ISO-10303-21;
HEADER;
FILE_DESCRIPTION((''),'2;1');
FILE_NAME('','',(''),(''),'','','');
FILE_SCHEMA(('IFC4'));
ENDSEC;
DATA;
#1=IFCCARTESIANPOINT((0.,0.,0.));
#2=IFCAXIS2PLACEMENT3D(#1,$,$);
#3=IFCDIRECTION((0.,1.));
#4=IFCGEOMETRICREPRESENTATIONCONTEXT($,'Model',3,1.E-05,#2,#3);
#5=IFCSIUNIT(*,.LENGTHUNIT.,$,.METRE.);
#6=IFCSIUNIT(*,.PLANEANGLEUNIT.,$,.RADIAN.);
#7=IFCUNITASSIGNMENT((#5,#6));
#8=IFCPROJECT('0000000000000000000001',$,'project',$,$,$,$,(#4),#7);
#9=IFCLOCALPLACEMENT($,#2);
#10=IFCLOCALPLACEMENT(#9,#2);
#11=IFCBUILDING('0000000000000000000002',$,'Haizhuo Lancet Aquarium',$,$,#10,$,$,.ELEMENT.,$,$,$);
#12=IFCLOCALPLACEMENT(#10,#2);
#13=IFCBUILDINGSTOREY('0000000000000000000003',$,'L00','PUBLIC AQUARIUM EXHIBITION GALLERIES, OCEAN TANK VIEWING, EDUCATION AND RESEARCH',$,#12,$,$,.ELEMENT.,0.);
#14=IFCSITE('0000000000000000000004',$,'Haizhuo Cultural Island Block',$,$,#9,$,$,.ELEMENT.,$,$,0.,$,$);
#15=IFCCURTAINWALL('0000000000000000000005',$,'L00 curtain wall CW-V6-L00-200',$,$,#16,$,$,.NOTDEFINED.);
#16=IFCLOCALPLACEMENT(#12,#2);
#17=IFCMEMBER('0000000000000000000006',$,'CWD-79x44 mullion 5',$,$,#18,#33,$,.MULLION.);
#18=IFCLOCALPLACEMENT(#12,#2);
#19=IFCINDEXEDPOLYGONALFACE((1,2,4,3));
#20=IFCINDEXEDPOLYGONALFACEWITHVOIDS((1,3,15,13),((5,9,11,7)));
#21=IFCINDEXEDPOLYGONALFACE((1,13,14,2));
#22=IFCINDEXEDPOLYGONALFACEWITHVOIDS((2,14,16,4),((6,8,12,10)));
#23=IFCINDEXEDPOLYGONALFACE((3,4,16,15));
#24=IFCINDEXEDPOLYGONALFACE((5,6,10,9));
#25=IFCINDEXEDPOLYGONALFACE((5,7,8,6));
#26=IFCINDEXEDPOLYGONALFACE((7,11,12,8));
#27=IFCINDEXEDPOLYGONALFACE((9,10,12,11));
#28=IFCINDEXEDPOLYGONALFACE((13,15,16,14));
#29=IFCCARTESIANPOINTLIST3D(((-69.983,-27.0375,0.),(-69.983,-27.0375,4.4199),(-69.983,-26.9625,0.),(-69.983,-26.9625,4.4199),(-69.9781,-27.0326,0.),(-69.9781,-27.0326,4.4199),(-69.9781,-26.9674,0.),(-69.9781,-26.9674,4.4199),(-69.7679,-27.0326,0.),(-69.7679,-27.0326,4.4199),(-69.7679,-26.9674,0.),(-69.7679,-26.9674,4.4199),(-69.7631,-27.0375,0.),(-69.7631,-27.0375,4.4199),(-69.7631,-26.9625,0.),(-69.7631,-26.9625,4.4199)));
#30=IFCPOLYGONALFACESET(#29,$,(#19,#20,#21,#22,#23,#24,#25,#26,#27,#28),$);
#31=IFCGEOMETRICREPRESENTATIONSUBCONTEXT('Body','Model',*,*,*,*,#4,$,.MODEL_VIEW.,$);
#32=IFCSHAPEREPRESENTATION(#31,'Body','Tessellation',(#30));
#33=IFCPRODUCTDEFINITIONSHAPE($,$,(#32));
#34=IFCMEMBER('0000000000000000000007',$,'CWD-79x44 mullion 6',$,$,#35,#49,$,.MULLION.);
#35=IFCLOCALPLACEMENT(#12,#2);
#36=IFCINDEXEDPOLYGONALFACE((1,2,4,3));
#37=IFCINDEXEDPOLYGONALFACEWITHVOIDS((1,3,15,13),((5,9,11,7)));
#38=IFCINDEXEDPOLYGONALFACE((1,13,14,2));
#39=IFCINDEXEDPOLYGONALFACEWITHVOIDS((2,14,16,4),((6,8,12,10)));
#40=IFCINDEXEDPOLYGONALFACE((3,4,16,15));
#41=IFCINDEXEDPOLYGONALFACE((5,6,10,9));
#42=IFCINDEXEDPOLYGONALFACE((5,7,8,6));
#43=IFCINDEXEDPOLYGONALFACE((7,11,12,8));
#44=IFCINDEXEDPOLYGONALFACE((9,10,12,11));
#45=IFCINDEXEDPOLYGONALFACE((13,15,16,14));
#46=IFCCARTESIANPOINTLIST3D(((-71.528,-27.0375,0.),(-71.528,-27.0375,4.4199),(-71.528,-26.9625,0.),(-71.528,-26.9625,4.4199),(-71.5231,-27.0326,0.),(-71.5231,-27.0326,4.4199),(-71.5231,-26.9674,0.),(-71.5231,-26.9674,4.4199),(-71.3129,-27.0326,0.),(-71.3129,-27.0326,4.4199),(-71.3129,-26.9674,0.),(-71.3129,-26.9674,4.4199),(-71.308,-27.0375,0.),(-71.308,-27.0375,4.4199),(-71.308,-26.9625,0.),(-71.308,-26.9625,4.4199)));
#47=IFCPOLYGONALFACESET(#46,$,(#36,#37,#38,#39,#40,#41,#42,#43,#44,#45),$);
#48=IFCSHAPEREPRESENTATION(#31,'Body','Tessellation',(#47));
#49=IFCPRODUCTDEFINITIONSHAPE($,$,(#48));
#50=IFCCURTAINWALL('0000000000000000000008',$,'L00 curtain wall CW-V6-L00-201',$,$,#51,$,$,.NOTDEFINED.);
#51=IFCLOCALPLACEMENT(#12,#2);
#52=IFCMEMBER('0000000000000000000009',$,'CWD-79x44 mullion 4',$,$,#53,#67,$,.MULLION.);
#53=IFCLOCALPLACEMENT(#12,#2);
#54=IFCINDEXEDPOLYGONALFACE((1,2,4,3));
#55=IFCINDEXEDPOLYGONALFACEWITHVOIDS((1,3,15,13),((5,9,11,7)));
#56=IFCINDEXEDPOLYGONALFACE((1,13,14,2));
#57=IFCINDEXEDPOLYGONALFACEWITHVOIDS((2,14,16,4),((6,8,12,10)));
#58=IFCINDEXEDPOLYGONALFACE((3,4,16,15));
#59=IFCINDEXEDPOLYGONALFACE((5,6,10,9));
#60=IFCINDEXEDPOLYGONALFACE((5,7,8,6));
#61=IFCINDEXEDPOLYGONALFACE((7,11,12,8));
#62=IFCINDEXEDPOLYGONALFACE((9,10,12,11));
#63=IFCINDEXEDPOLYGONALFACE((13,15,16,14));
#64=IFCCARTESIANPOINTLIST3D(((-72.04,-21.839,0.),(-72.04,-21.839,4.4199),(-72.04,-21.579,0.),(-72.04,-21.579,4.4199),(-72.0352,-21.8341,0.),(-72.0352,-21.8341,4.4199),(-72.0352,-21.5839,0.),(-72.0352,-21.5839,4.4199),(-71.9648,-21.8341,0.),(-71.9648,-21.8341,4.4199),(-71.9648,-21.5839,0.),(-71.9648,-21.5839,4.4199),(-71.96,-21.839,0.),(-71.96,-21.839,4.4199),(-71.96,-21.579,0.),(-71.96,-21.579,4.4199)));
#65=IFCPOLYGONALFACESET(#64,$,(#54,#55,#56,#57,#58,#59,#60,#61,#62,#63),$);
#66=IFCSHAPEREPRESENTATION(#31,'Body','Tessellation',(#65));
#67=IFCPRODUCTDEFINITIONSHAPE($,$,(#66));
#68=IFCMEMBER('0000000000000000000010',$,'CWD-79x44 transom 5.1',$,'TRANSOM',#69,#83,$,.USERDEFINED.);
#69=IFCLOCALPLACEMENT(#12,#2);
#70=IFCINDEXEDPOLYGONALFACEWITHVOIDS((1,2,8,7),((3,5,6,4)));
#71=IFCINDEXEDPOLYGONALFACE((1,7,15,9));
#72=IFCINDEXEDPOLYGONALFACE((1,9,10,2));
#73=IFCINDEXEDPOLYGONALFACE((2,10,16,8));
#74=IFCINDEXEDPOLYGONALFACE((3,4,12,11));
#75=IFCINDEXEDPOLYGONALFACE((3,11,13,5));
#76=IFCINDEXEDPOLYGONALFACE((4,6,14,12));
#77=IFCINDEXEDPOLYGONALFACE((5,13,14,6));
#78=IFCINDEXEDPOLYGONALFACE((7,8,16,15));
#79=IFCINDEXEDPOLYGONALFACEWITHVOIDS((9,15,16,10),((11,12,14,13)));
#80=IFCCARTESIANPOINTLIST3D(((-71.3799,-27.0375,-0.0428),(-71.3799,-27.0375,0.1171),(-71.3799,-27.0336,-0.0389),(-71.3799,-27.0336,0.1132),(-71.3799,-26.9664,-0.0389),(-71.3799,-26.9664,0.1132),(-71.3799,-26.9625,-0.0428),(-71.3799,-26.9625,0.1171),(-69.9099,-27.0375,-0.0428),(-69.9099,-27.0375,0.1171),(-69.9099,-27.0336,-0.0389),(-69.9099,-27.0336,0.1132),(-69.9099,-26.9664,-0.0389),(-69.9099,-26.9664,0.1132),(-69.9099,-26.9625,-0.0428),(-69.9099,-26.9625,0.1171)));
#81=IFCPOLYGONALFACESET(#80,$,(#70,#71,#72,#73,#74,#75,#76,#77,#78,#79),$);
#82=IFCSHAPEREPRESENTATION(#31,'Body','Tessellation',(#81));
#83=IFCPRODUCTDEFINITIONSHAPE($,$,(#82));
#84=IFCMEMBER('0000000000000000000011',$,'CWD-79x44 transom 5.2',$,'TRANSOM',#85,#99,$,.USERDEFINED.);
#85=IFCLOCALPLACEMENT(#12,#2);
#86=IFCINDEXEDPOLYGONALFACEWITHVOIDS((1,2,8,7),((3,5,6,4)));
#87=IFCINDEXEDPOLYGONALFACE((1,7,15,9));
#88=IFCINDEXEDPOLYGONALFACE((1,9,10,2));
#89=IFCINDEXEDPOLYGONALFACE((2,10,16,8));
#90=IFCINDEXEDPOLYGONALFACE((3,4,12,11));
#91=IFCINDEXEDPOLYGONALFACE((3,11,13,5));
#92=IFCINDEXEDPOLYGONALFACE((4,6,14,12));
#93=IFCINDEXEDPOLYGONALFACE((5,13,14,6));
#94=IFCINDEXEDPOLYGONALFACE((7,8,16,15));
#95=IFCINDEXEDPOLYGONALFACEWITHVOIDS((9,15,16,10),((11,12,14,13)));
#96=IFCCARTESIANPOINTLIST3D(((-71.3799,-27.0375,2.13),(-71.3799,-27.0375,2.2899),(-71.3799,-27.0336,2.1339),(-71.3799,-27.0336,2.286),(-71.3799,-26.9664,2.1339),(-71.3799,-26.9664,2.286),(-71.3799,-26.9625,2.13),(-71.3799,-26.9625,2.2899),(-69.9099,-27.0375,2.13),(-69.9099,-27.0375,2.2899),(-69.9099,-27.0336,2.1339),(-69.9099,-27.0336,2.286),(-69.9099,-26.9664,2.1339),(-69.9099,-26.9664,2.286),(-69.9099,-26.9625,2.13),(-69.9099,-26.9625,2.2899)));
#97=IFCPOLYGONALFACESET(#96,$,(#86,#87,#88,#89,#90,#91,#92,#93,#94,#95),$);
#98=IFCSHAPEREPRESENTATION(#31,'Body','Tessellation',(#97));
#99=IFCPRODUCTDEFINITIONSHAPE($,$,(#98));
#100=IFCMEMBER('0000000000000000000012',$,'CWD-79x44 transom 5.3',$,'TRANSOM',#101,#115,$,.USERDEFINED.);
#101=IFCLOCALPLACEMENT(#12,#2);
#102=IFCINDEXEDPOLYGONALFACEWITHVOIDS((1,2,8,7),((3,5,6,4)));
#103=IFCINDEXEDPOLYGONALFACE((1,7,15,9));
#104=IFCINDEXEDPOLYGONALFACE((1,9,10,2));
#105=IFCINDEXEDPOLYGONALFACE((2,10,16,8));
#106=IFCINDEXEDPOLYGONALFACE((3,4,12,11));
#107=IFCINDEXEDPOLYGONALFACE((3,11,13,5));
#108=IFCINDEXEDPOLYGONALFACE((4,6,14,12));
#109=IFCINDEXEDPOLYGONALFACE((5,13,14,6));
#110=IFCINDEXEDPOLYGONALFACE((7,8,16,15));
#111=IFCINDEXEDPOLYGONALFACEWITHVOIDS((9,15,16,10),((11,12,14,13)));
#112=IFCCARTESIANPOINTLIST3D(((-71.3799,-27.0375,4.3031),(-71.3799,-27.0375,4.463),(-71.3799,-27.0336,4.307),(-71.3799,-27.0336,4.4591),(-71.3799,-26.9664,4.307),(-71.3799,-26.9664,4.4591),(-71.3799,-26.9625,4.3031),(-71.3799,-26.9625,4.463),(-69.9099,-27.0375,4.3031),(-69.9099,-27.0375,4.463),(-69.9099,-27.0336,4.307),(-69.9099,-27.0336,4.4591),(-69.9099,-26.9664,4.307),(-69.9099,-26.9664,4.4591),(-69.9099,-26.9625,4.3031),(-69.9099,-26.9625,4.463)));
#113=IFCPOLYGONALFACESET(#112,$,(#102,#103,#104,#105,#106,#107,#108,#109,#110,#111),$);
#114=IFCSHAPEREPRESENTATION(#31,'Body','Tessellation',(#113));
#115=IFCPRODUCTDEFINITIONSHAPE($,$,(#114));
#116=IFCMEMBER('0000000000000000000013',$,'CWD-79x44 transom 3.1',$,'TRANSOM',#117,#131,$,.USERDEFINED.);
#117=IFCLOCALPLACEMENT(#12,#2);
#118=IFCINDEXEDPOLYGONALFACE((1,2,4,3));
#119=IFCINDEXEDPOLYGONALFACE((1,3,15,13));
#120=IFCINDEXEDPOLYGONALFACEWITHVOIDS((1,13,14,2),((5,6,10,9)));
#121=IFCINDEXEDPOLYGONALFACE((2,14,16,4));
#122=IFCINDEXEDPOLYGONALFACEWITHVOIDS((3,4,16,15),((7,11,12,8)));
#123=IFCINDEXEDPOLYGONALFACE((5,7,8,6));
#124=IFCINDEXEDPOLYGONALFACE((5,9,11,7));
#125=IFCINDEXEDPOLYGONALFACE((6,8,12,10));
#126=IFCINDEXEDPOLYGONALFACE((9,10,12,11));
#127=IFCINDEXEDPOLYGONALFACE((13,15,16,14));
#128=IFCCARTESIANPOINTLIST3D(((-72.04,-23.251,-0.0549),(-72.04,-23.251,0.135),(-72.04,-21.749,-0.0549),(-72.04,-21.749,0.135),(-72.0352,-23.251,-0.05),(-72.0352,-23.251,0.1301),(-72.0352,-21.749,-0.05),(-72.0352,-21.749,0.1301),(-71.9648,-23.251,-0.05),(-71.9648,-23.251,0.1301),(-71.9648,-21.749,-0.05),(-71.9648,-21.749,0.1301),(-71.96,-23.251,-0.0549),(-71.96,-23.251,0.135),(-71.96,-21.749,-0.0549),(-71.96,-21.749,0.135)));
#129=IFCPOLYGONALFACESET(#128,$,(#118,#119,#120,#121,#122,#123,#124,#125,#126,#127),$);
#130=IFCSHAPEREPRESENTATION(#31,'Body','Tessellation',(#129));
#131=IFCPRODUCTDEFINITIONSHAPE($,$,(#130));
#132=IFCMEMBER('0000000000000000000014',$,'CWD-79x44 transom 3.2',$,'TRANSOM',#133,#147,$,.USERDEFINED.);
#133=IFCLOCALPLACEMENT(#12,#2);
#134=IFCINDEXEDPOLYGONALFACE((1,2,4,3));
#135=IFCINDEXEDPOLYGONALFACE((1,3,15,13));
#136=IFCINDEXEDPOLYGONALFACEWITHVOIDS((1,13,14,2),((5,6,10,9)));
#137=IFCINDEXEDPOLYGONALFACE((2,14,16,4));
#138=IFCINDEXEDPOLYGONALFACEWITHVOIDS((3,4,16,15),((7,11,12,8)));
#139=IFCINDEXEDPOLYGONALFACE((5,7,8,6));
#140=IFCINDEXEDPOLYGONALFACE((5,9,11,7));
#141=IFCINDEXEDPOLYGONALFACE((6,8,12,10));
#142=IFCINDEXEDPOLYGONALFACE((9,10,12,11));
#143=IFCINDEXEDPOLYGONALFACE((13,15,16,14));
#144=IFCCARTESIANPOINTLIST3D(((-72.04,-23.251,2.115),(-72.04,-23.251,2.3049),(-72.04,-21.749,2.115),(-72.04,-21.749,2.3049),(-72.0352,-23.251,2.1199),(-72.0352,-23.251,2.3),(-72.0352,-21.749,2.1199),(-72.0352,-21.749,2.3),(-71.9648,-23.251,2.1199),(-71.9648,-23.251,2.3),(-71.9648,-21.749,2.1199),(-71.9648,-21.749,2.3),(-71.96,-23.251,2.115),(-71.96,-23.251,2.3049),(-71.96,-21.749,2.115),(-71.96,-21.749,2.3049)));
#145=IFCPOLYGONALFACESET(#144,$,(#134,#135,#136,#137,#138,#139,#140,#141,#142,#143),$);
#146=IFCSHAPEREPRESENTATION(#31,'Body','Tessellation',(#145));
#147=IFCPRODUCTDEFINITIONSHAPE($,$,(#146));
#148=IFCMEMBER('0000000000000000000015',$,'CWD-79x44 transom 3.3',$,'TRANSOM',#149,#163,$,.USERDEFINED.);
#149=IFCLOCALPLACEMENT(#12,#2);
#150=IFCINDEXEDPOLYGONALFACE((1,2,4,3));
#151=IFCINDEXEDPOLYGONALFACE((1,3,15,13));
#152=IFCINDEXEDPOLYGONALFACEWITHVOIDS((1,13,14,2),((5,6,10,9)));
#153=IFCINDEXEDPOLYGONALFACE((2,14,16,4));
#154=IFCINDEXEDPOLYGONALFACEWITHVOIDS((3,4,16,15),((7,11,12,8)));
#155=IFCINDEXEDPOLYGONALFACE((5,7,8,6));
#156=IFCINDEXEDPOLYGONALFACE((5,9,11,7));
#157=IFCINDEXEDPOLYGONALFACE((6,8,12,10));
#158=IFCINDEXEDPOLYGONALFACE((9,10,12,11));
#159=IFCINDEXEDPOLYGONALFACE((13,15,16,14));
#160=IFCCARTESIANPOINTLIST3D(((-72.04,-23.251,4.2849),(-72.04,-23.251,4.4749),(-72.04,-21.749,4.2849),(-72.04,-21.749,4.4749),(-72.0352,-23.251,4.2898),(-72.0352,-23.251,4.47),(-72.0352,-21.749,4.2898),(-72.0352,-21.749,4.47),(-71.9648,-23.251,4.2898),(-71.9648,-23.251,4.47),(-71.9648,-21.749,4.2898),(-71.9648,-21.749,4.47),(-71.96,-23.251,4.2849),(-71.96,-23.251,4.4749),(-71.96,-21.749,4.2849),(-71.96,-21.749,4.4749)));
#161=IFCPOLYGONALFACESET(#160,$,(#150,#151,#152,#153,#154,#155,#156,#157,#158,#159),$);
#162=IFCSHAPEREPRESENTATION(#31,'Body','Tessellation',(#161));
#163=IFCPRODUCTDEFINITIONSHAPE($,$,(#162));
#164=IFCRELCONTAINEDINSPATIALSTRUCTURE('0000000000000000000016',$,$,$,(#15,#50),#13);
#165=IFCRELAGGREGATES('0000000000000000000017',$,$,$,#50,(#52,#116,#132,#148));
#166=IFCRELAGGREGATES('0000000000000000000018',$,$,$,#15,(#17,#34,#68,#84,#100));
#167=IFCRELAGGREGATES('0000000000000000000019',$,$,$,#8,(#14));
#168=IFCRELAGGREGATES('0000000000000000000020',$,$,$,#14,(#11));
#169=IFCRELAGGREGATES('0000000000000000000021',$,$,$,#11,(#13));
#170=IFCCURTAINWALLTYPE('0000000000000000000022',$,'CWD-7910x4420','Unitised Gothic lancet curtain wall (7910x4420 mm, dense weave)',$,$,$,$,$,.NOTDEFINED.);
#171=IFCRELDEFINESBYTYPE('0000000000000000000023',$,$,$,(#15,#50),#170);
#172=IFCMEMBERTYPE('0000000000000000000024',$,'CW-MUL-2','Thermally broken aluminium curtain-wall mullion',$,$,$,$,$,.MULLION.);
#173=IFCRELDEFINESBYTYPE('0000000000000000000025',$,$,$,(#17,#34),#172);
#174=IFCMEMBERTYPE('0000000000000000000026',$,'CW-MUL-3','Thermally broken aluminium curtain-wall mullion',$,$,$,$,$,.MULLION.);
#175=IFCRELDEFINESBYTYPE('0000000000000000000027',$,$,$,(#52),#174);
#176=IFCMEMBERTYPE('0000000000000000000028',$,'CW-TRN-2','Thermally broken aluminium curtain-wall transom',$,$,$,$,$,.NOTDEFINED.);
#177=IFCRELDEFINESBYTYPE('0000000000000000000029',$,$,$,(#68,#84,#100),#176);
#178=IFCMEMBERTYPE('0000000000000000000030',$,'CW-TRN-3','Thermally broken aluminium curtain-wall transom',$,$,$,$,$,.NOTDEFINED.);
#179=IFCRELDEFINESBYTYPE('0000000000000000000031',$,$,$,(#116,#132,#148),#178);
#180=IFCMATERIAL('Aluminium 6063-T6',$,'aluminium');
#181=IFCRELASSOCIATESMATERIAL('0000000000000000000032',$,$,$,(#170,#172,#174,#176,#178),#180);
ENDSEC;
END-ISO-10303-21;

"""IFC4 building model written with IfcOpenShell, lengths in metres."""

from ifc_helpers import new_model, si_unit, direction, frame, origin, origin_2d, place, context, subcontext, project, spatial, hollow_rectangle, extrude, material, material_profile, profile_set, type_object, element, aggregate, save


model = new_model("IFC4")

# Units and contexts
model_context = context("Model", 3, precision=1e-05, world=origin(), true_north=direction((0.0, 1.0)))
body_context = subcontext(model_context, "Body", "Model", "MODEL_VIEW")
ifc_project = project(units=[si_unit("LENGTHUNIT", "METRE"), si_unit("PLANEANGLEUNIT", "RADIAN")], contexts=[model_context])

# Site, building, storey
site_placement = place(None, origin())
site = spatial("IfcSite", under=ifc_project, at=site_placement, Name="Haizhuo Cultural Island Block", CompositionType="ELEMENT", RefElevation=0.0)
building_placement = place(site_placement, origin())
building = spatial("IfcBuilding", under=site, at=building_placement, Name="Haizhuo Lancet Aquarium", CompositionType="ELEMENT")
storey_placement = place(building_placement, origin())
storey = spatial("IfcBuildingStorey", under=building, at=storey_placement, Name="L00", Description="PUBLIC AQUARIUM EXHIBITION GALLERIES, OCEAN TANK VIEWING, EDUCATION AND RESEARCH", CompositionType="ELEMENT", Elevation=0.0)

# Curtain wall, members
ifc_material_1 = material(Name="Aluminium 6063-T6", Category="aluminium")
curtain_wall_type = type_object("IfcCurtainWallType", Name="CWD-7910x4420", Description="Unitised Gothic lancet curtain wall (7910x4420 mm, dense weave)", PredefinedType="NOTDEFINED", material=ifc_material_1)
curtain_wall_1_placement = place(storey_placement, origin())
curtain_wall_1 = element("IfcCurtainWall", 1, at=curtain_wall_1_placement, inside=storey, type_object=curtain_wall_type, Name="L00 curtain wall CW-V6-L00-200", PredefinedType="NOTDEFINED")
ifc_material_profile_1 = material_profile(ifc_material_1, hollow_rectangle(XDim=0.075, YDim=0.22, WallThickness=0.0049, at=origin_2d()), Name="ALU-M 75x220x5")
ifc_profile_set_1 = profile_set([ifc_material_profile_1], Name="Aluminium 6063-T6")
member_type_1 = type_object("IfcMemberType", Name="CW-MUL-2", Description="Thermally broken aluminium curtain-wall mullion", PredefinedType="MULLION", material=ifc_profile_set_1)
member_1_placement = place(storey_placement, frame((-69.873, -27.0, 0.0), z_axis=(0.0, 0.0, 1.0), x_axis=(0.0, -1.0, 0.0)))
member_1 = element("IfcMember", 2, at=member_1_placement, type_object=member_type_1, Name="CWD-79x44 mullion 5", PredefinedType="MULLION", context=body_context, shape_type="SweptSolid", body=[
    extrude(hollow_rectangle(XDim=0.075, YDim=0.22, WallThickness=0.0049, at=origin_2d()), origin(), (0.0, 0.0, 1.0), 4.4199),
])
member_2_placement = place(storey_placement, frame((-71.418, -27.0, 0.0), z_axis=(0.0, 0.0, 1.0), x_axis=(0.0, -1.0, 0.0)))
member_2 = element("IfcMember", 3, at=member_2_placement, type_object=member_type_1, Name="CWD-79x44 mullion 6", PredefinedType="MULLION", context=body_context, shape_type="SweptSolid", body=[
    extrude(hollow_rectangle(XDim=0.075, YDim=0.22, WallThickness=0.0049, at=origin_2d()), origin(), (0.0, 0.0, 1.0), 4.4199),
])

# Curtain wall, member
curtain_wall_2_placement = place(storey_placement, origin())
curtain_wall_2 = element("IfcCurtainWall", 4, at=curtain_wall_2_placement, inside=storey, type_object=curtain_wall_type, Name="L00 curtain wall CW-V6-L00-201", PredefinedType="NOTDEFINED")
ifc_material_profile_2 = material_profile(ifc_material_1, hollow_rectangle(XDim=0.0801, YDim=0.26, WallThickness=0.0049, at=origin_2d()), Name="ALU-M 80x260x5")
ifc_profile_set_2 = profile_set([ifc_material_profile_2], Name="Aluminium 6063-T6")
member_type_2 = type_object("IfcMemberType", Name="CW-MUL-3", Description="Thermally broken aluminium curtain-wall mullion", PredefinedType="MULLION", material=ifc_profile_set_2)
member_3_placement = place(storey_placement, frame((-72.0, -21.709, 0.0), z_axis=(0.0, 0.0, 1.0), x_axis=(-1.0, 0.0, 0.0)))
member_3 = element("IfcMember", 5, at=member_3_placement, type_object=member_type_2, Name="CWD-79x44 mullion 4", PredefinedType="MULLION", context=body_context, shape_type="SweptSolid", body=[
    extrude(hollow_rectangle(XDim=0.0801, YDim=0.26, WallThickness=0.0049, at=origin_2d()), origin(), (0.0, 0.0, 1.0), 4.4199),
])

# Members
ifc_material_profile_3 = material_profile(ifc_material_1, hollow_rectangle(XDim=0.075, YDim=0.1599, WallThickness=0.0039, at=origin_2d()), Name="ALU-T 75x160x4")
ifc_profile_set_3 = profile_set([ifc_material_profile_3], Name="Aluminium 6063-T6")
member_type_3 = type_object("IfcMemberType", Name="CW-TRN-2", Description="Thermally broken aluminium curtain-wall transom", PredefinedType="NOTDEFINED", material=ifc_profile_set_3)
member_4_placement = place(storey_placement, frame((-69.9099, -27.0, 0.0371), z_axis=(-1.0, 0.0, 0.0), x_axis=(0.0, -1.0, 0.0)))
member_4 = element("IfcMember", 6, at=member_4_placement, type_object=member_type_3, Name="CWD-79x44 transom 5.1", ObjectType="TRANSOM", PredefinedType="USERDEFINED", context=body_context, shape_type="SweptSolid", body=[
    extrude(hollow_rectangle(XDim=0.075, YDim=0.1599, WallThickness=0.0039, at=origin_2d()), origin(), (0.0, 0.0, 1.0), 1.47),
])
member_5_placement = place(storey_placement, frame((-69.9099, -27.0, 2.21), z_axis=(-1.0, 0.0, 0.0), x_axis=(0.0, -1.0, 0.0)))
member_5 = element("IfcMember", 7, at=member_5_placement, type_object=member_type_3, Name="CWD-79x44 transom 5.2", ObjectType="TRANSOM", PredefinedType="USERDEFINED", context=body_context, shape_type="SweptSolid", body=[
    extrude(hollow_rectangle(XDim=0.075, YDim=0.1599, WallThickness=0.0039, at=origin_2d()), origin(), (0.0, 0.0, 1.0), 1.47),
])
member_6_placement = place(storey_placement, frame((-69.9099, -27.0, 4.3831), z_axis=(-1.0, 0.0, 0.0), x_axis=(0.0, -1.0, 0.0)))
member_6 = element("IfcMember", 8, at=member_6_placement, type_object=member_type_3, Name="CWD-79x44 transom 5.3", ObjectType="TRANSOM", PredefinedType="USERDEFINED", context=body_context, shape_type="SweptSolid", body=[
    extrude(hollow_rectangle(XDim=0.075, YDim=0.1599, WallThickness=0.0039, at=origin_2d()), origin(), (0.0, 0.0, 1.0), 1.47),
])
ifc_material_profile_4 = material_profile(ifc_material_1, hollow_rectangle(XDim=0.0801, YDim=0.1899, WallThickness=0.0049, at=origin_2d()), Name="ALU-T 80x190x5")
ifc_profile_set_4 = profile_set([ifc_material_profile_4], Name="Aluminium 6063-T6")
member_type_4 = type_object("IfcMemberType", Name="CW-TRN-3", Description="Thermally broken aluminium curtain-wall transom", PredefinedType="NOTDEFINED", material=ifc_profile_set_4)
member_7_placement = place(storey_placement, frame((-72.0, -23.251, 0.04), z_axis=(0.0, 1.0, 0.0), x_axis=(-1.0, 0.0, 0.0)))
member_7 = element("IfcMember", 9, at=member_7_placement, type_object=member_type_4, Name="CWD-79x44 transom 3.1", ObjectType="TRANSOM", PredefinedType="USERDEFINED", context=body_context, shape_type="SweptSolid", body=[
    extrude(hollow_rectangle(XDim=0.0801, YDim=0.1899, WallThickness=0.0049, at=origin_2d()), origin(), (0.0, 0.0, 1.0), 1.502),
])
member_8_placement = place(storey_placement, frame((-72.0, -23.251, 2.21), z_axis=(0.0, 1.0, 0.0), x_axis=(-1.0, 0.0, 0.0)))
member_8 = element("IfcMember", 10, at=member_8_placement, type_object=member_type_4, Name="CWD-79x44 transom 3.2", ObjectType="TRANSOM", PredefinedType="USERDEFINED", context=body_context, shape_type="SweptSolid", body=[
    extrude(hollow_rectangle(XDim=0.0801, YDim=0.1899, WallThickness=0.0049, at=origin_2d()), origin(), (0.0, 0.0, 1.0), 1.502),
])
member_9_placement = place(storey_placement, frame((-72.0, -23.251, 4.3799), z_axis=(0.0, 1.0, 0.0), x_axis=(-1.0, 0.0, 0.0)))
member_9 = element("IfcMember", 11, at=member_9_placement, type_object=member_type_4, Name="CWD-79x44 transom 3.3", ObjectType="TRANSOM", PredefinedType="USERDEFINED", context=body_context, shape_type="SweptSolid", body=[
    extrude(hollow_rectangle(XDim=0.0801, YDim=0.1899, WallThickness=0.0049, at=origin_2d()), origin(), (0.0, 0.0, 1.0), 1.502),
])

aggregate(curtain_wall_2, [member_3, member_7, member_8, member_9])
aggregate(curtain_wall_1, [member_1, member_2, member_4, member_5, member_6])

save(model, "model.ifc")
